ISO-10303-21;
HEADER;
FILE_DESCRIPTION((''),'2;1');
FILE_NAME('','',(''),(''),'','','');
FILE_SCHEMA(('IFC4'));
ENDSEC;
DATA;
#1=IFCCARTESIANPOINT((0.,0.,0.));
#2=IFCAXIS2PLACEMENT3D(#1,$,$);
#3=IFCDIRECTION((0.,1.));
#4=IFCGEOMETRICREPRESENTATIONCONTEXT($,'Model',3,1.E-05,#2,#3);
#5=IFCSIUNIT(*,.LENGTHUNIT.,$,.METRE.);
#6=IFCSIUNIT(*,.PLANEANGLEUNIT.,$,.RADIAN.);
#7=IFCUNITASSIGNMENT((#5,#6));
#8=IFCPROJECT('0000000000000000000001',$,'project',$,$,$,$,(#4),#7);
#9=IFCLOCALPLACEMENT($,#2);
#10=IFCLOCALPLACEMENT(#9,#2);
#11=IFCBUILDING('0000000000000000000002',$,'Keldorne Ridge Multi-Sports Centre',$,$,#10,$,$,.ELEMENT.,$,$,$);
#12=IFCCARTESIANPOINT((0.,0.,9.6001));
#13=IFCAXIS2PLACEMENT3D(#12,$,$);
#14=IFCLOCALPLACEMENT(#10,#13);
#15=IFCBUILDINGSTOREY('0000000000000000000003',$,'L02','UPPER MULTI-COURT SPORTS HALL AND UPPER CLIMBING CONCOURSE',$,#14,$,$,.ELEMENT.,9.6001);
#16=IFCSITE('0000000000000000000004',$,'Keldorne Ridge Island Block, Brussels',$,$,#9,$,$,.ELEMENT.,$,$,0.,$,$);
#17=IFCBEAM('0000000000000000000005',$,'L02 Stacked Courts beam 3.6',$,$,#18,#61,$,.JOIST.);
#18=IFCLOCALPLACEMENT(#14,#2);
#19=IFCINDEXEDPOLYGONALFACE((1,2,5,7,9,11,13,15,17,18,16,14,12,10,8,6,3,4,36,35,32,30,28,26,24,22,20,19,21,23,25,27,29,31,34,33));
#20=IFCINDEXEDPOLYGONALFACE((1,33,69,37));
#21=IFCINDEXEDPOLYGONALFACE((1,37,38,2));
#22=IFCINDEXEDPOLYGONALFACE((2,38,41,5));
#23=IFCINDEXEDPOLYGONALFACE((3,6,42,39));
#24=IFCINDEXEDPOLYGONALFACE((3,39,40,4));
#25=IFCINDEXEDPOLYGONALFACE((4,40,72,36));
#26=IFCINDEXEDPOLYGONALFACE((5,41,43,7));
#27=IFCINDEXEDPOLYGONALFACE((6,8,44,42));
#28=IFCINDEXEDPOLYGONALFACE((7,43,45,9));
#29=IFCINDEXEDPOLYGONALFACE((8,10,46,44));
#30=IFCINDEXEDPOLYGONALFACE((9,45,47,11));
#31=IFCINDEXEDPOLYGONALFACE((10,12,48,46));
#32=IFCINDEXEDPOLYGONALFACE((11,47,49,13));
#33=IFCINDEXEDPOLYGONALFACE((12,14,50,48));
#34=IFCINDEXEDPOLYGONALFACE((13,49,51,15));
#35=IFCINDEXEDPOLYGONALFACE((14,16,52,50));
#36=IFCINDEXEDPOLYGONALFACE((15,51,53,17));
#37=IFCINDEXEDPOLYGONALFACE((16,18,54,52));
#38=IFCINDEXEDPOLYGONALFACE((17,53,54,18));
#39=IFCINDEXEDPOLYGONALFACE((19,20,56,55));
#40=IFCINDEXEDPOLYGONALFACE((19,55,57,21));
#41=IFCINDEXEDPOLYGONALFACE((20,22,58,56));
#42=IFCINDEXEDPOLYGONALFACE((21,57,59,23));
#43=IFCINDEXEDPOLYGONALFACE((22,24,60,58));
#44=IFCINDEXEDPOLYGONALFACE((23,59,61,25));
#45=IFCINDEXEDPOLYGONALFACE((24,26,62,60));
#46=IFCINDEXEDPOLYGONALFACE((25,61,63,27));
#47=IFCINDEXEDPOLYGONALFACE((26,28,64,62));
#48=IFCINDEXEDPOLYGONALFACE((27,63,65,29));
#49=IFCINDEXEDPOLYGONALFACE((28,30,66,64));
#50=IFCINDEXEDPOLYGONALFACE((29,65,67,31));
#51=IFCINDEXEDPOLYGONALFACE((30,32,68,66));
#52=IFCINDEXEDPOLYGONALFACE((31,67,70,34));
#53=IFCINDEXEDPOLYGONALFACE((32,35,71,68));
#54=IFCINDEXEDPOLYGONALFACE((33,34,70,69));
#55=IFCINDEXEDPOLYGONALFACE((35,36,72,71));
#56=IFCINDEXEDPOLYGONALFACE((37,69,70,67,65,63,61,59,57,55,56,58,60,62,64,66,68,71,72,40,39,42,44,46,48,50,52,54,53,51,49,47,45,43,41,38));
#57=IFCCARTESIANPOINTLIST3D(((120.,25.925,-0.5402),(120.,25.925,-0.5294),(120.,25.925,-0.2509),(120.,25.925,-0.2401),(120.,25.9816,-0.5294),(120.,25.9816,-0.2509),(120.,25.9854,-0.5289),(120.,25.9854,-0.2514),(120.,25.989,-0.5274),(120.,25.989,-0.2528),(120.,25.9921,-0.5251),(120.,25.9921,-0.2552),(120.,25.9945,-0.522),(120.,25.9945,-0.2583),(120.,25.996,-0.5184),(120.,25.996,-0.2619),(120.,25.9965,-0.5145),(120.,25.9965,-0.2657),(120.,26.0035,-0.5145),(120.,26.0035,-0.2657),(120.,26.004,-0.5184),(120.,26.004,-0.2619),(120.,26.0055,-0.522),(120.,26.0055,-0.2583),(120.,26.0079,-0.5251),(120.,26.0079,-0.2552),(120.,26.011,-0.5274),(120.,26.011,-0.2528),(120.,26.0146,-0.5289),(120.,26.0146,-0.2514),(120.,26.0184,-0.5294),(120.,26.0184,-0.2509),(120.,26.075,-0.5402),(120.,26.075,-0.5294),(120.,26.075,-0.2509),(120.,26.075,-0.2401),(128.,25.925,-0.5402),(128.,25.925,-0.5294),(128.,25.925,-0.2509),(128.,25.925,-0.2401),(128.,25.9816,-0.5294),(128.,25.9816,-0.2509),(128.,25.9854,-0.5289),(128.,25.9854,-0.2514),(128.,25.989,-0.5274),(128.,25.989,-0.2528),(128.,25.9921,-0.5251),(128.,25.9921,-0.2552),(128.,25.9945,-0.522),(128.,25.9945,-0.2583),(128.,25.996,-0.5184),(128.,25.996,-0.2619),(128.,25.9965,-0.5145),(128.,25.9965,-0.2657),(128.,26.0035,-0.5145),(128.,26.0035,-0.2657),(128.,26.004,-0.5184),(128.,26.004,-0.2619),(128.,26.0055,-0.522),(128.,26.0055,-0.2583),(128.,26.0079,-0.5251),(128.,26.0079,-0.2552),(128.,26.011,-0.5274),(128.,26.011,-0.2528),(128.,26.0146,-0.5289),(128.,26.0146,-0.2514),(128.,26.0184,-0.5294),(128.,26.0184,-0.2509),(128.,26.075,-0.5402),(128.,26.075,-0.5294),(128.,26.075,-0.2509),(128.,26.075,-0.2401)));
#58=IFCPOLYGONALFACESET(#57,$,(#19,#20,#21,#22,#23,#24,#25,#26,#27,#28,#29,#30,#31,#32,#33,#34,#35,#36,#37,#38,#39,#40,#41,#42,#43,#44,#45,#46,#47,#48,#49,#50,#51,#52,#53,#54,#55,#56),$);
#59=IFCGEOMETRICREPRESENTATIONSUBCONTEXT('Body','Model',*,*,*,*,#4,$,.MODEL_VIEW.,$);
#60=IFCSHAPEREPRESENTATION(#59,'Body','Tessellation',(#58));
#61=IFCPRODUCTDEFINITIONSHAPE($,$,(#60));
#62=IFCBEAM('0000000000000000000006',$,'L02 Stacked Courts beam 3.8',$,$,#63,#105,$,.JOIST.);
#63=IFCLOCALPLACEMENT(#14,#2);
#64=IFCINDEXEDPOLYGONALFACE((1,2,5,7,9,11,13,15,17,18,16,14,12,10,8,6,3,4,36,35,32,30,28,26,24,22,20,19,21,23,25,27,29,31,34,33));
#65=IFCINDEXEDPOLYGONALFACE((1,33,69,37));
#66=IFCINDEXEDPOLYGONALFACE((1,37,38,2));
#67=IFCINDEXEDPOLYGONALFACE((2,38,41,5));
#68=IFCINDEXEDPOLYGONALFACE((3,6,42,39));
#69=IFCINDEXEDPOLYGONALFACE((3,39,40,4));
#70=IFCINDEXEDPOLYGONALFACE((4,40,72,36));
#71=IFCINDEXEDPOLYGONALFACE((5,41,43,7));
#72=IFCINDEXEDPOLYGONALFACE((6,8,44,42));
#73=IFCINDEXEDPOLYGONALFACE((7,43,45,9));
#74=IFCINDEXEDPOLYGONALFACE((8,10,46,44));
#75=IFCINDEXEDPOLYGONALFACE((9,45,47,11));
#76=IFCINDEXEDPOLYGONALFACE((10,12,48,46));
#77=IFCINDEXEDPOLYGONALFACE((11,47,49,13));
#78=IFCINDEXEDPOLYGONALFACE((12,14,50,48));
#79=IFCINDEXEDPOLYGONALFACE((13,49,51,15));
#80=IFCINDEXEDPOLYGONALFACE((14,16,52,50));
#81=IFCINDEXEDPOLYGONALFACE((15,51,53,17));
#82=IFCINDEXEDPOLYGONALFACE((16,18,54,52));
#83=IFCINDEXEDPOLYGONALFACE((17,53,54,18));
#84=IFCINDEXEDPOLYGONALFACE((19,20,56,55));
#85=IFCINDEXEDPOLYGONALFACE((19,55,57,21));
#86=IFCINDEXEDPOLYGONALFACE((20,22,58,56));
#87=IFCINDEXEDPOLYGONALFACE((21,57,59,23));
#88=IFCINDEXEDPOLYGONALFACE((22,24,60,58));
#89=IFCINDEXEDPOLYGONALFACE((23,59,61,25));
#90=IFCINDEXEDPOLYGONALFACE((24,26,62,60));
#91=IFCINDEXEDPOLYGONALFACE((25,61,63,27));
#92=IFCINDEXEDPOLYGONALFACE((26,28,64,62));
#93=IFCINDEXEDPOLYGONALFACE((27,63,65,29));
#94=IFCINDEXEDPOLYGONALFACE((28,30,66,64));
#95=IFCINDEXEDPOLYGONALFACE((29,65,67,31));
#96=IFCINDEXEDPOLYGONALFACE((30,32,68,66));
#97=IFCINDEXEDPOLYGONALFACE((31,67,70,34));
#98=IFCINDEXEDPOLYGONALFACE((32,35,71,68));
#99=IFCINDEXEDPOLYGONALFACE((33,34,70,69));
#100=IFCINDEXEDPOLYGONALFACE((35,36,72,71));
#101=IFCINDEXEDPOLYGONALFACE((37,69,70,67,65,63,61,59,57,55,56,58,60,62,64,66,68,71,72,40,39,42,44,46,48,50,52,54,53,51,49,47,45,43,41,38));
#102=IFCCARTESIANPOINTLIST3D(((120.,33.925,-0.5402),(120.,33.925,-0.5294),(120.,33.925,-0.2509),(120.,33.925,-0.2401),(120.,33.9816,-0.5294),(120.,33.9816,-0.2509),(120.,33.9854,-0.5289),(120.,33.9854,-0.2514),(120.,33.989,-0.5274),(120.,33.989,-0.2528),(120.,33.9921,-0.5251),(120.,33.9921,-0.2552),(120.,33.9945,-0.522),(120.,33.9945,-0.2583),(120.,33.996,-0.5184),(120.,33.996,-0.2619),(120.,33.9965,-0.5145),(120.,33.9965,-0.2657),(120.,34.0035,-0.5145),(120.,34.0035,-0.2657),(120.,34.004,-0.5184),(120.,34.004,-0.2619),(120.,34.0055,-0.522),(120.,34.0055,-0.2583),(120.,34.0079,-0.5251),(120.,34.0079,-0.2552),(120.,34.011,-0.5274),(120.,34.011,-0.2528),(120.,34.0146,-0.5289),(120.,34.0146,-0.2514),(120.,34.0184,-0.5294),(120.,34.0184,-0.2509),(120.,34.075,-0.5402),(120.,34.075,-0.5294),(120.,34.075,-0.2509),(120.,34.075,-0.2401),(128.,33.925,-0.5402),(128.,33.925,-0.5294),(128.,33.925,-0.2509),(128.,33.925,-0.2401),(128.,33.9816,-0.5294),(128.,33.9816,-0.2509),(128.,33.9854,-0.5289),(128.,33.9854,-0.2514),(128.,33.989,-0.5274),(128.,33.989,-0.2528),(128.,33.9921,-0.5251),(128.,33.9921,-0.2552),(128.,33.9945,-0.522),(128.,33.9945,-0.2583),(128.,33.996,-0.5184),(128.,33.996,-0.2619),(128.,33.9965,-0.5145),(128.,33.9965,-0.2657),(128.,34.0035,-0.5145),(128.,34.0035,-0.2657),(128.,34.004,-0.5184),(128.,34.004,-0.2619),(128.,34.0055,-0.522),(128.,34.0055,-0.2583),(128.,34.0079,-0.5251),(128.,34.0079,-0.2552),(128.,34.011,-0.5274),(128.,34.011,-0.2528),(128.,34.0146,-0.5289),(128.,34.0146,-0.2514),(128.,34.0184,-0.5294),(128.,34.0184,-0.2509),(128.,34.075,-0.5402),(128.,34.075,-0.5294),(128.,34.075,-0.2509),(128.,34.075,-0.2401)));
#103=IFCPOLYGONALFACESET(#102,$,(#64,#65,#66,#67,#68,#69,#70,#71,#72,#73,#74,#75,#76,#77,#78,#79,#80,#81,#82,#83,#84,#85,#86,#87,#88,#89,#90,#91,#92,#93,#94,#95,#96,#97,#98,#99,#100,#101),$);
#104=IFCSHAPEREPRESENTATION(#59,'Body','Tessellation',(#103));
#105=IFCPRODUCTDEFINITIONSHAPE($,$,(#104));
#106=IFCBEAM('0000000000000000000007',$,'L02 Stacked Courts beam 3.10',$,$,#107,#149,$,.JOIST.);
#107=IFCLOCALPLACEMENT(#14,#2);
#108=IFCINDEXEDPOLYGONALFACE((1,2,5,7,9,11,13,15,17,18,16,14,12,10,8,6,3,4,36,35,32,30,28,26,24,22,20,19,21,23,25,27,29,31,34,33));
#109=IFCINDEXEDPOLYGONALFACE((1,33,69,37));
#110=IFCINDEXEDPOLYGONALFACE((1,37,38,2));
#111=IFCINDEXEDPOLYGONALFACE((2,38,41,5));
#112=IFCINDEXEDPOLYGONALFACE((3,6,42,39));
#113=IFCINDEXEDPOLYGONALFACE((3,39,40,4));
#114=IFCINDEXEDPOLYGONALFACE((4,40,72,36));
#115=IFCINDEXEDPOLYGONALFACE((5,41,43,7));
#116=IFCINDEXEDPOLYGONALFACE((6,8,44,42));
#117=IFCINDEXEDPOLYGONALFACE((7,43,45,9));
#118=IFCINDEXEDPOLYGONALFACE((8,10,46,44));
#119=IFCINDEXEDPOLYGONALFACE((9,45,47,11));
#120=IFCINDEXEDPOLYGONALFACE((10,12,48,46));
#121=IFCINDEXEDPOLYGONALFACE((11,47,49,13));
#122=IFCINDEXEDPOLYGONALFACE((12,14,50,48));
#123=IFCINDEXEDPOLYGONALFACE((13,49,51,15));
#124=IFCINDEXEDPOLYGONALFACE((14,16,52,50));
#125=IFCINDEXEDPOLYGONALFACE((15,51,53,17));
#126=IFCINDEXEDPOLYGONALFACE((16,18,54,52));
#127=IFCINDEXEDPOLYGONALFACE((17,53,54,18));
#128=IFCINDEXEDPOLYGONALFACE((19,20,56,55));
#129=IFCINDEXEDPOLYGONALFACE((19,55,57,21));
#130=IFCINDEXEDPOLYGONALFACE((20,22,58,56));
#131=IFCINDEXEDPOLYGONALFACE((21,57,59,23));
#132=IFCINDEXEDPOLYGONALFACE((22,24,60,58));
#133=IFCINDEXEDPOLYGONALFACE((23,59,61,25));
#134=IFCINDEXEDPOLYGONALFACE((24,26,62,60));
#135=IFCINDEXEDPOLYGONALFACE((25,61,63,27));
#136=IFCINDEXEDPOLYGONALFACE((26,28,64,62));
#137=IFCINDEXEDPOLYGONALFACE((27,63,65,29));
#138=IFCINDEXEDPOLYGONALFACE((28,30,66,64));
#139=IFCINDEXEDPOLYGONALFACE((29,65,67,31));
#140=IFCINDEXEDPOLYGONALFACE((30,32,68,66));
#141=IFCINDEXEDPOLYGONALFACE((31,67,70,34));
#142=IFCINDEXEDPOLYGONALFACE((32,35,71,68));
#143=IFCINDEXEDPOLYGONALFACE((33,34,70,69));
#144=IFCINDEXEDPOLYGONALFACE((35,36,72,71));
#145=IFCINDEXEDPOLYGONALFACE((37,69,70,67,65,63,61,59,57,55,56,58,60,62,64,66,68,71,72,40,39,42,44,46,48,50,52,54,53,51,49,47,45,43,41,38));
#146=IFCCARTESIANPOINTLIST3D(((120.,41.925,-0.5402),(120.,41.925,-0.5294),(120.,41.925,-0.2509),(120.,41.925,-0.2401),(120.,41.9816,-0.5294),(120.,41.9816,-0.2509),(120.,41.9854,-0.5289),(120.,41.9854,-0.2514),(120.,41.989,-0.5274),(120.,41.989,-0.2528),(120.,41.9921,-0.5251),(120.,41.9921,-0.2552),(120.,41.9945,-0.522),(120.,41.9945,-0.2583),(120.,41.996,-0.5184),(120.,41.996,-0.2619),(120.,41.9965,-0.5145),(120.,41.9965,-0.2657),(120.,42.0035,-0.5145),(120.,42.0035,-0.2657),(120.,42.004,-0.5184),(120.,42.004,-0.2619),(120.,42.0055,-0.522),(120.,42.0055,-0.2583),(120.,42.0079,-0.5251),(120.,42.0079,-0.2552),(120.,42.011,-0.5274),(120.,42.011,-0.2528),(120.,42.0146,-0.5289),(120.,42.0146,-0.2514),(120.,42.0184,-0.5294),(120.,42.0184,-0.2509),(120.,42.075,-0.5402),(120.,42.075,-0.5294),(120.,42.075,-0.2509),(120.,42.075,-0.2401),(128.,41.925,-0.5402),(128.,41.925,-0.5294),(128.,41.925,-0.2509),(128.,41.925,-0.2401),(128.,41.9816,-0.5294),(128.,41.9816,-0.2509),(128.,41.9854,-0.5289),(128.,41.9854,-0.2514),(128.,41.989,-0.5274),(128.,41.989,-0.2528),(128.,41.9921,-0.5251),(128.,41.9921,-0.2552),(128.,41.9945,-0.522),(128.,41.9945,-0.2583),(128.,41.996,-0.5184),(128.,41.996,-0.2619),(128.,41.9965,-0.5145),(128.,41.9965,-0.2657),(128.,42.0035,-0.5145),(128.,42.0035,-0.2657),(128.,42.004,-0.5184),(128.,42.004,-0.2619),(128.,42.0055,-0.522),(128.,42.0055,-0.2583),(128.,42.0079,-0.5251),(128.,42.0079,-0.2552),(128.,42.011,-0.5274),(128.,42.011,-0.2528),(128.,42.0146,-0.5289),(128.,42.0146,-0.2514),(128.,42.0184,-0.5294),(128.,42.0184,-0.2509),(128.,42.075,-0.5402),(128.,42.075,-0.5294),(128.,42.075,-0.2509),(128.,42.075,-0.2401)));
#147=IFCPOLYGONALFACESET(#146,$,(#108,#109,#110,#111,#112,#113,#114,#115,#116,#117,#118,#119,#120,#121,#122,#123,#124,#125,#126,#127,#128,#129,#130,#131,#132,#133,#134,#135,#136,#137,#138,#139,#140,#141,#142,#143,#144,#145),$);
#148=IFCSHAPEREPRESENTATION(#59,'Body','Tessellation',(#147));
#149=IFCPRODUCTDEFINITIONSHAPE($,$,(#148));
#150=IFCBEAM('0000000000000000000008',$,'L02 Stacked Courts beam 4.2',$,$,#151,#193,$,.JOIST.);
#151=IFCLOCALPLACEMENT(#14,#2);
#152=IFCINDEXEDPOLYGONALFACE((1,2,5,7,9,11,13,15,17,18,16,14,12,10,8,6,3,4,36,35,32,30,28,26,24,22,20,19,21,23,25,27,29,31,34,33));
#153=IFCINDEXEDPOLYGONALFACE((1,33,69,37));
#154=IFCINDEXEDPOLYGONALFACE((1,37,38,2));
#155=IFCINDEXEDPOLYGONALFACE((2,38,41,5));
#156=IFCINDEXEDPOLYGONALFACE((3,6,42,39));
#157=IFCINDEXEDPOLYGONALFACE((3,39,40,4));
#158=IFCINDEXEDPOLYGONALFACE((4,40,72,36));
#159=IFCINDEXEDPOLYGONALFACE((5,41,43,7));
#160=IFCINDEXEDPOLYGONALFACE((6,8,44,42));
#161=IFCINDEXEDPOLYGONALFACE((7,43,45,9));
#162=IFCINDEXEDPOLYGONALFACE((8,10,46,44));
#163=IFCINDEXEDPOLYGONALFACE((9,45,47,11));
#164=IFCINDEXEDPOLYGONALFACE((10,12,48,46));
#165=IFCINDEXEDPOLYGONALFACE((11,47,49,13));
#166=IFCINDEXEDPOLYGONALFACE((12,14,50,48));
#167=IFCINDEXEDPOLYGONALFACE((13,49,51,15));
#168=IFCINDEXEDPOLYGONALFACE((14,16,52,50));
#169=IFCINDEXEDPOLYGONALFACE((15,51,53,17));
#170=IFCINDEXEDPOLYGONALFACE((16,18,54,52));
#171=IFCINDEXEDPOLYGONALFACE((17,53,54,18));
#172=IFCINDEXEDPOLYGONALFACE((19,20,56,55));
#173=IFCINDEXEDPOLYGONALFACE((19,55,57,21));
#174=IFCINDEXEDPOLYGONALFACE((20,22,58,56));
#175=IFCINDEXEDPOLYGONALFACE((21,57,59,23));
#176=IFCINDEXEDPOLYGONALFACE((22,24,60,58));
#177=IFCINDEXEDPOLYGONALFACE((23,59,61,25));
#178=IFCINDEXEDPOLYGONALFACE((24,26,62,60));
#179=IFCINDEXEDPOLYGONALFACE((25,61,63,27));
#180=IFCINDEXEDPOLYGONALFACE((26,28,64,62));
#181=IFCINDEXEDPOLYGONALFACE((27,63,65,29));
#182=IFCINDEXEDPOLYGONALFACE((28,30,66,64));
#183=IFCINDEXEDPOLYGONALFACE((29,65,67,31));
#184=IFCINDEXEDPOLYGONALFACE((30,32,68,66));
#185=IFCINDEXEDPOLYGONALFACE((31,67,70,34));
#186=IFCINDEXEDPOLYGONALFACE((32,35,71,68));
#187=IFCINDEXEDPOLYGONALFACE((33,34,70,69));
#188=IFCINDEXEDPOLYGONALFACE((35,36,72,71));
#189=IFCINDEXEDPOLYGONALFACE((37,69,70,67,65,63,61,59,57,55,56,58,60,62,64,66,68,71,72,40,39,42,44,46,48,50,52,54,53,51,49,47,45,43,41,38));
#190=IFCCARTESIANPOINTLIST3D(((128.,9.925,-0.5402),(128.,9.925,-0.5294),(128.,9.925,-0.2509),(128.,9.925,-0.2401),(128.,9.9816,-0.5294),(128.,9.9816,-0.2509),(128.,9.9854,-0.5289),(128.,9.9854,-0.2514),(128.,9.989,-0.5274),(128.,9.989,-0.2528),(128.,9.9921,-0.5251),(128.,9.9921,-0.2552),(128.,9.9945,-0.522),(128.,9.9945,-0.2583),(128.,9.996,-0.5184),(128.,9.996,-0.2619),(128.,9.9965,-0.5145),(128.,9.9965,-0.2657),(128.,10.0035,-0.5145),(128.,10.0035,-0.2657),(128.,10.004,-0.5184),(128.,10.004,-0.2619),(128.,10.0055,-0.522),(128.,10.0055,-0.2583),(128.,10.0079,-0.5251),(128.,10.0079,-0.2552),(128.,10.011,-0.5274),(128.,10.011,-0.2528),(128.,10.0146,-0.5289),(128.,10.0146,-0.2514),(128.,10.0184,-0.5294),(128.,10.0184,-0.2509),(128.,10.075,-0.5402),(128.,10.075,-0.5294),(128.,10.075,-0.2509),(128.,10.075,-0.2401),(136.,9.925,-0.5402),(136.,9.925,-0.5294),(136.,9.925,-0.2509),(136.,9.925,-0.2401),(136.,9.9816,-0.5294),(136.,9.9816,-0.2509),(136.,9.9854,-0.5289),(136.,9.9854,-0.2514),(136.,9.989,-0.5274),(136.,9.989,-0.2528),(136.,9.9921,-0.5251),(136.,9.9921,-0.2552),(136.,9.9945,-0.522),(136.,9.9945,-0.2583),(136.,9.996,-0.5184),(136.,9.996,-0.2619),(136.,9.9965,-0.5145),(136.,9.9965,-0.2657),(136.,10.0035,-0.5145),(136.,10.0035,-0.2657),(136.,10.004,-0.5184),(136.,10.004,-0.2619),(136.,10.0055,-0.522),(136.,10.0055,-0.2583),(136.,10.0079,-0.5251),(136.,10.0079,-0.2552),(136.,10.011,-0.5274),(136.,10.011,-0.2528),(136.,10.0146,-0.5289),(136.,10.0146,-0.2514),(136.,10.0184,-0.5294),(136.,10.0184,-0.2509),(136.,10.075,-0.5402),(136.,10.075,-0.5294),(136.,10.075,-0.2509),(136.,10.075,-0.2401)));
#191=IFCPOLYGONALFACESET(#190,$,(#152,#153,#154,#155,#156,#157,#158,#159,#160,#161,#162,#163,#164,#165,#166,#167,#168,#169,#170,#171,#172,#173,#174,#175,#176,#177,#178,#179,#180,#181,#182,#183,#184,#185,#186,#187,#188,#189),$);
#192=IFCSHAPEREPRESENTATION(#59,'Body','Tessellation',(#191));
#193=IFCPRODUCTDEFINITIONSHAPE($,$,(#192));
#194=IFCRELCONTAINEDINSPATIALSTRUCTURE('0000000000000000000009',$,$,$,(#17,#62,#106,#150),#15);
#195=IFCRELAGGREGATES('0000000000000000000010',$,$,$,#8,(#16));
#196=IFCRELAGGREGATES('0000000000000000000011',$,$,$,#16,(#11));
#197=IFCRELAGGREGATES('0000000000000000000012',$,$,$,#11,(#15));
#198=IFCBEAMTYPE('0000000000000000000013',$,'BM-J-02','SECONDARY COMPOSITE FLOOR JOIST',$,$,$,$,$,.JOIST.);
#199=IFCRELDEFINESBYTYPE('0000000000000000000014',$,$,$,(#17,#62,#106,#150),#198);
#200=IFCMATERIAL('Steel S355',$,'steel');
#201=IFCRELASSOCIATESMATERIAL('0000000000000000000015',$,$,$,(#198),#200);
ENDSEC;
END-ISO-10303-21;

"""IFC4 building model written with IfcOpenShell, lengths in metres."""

from ifc_helpers import new_model, si_unit, direction, frame, origin, origin_2d, place, context, subcontext, project, spatial, i_section, extrude, material, material_profile, profile_set, type_object, element, save


model = new_model("IFC4")

# Units and contexts
model_context = context("Model", 3, precision=1e-05, world=origin(), true_north=direction((0.0, 1.0)))
body_context = subcontext(model_context, "Body", "Model", "MODEL_VIEW")
ifc_project = project(units=[si_unit("LENGTHUNIT", "METRE"), si_unit("PLANEANGLEUNIT", "RADIAN")], contexts=[model_context])

# Site, building, storey
site_placement = place(None, origin())
site = spatial("IfcSite", under=ifc_project, at=site_placement, Name="Keldorne Ridge Island Block, Brussels", CompositionType="ELEMENT", RefElevation=0.0)
building_placement = place(site_placement, origin())
building = spatial("IfcBuilding", under=site, at=building_placement, Name="Keldorne Ridge Multi-Sports Centre", CompositionType="ELEMENT")
storey_placement = place(building_placement, frame((0.0, 0.0, 9.6001)))
storey = spatial("IfcBuildingStorey", under=building, at=storey_placement, Name="L02", Description="UPPER MULTI-COURT SPORTS HALL AND UPPER CLIMBING CONCOURSE", CompositionType="ELEMENT", Elevation=9.6001)

# Shared definitions
ifc_material_1 = material(Name="Steel S355", Category="steel")

# Beams
ifc_material_profile_1 = material_profile(ifc_material_1, i_section(OverallWidth=0.1499, OverallDepth=0.3, WebThickness=0.0071, FlangeThickness=0.0107, FilletRadius=0.0149, at=origin_2d()), Name="IPE 300")
ifc_profile_set_1 = profile_set([ifc_material_profile_1], Name="Steel S355")
beam_type_1 = type_object("IfcBeamType", Name="BM-J-02", Description="SECONDARY COMPOSITE FLOOR JOIST", PredefinedType="JOIST", material=ifc_profile_set_1)
for number, where, z_axis, x_axis, name in (
    (1, (120.0, 26.0, -0.3901), (1.0, 0.0, 0.0), (0.0, 1.0, 0.0), "L02 Stacked Courts beam 3.6"),
    (2, (120.0, 34.0, -0.3901), (1.0, 0.0, 0.0), (0.0, 1.0, 0.0), "L02 Stacked Courts beam 3.8"),
    (3, (120.0, 42.0, -0.3901), (1.0, 0.0, 0.0), (0.0, 1.0, 0.0), "L02 Stacked Courts beam 3.10"),
    (4, (128.0, 10.0, -0.3901), (1.0, 0.0, 0.0), (0.0, 1.0, 0.0), "L02 Stacked Courts beam 4.2"),
):
    element("IfcBeam", number, at=place(storey_placement, frame(where, z_axis=z_axis, x_axis=x_axis)), inside=storey, type_object=beam_type_1, Name=name, PredefinedType="JOIST", context=body_context, shape_type="SweptSolid", body=[
        extrude(i_section(OverallWidth=0.1499, OverallDepth=0.3, WebThickness=0.0071, FlangeThickness=0.0107, FilletRadius=0.0149, at=origin_2d()), origin(), (0.0, 0.0, 1.0), 8.0),
    ])

save(model, "model.ifc")
